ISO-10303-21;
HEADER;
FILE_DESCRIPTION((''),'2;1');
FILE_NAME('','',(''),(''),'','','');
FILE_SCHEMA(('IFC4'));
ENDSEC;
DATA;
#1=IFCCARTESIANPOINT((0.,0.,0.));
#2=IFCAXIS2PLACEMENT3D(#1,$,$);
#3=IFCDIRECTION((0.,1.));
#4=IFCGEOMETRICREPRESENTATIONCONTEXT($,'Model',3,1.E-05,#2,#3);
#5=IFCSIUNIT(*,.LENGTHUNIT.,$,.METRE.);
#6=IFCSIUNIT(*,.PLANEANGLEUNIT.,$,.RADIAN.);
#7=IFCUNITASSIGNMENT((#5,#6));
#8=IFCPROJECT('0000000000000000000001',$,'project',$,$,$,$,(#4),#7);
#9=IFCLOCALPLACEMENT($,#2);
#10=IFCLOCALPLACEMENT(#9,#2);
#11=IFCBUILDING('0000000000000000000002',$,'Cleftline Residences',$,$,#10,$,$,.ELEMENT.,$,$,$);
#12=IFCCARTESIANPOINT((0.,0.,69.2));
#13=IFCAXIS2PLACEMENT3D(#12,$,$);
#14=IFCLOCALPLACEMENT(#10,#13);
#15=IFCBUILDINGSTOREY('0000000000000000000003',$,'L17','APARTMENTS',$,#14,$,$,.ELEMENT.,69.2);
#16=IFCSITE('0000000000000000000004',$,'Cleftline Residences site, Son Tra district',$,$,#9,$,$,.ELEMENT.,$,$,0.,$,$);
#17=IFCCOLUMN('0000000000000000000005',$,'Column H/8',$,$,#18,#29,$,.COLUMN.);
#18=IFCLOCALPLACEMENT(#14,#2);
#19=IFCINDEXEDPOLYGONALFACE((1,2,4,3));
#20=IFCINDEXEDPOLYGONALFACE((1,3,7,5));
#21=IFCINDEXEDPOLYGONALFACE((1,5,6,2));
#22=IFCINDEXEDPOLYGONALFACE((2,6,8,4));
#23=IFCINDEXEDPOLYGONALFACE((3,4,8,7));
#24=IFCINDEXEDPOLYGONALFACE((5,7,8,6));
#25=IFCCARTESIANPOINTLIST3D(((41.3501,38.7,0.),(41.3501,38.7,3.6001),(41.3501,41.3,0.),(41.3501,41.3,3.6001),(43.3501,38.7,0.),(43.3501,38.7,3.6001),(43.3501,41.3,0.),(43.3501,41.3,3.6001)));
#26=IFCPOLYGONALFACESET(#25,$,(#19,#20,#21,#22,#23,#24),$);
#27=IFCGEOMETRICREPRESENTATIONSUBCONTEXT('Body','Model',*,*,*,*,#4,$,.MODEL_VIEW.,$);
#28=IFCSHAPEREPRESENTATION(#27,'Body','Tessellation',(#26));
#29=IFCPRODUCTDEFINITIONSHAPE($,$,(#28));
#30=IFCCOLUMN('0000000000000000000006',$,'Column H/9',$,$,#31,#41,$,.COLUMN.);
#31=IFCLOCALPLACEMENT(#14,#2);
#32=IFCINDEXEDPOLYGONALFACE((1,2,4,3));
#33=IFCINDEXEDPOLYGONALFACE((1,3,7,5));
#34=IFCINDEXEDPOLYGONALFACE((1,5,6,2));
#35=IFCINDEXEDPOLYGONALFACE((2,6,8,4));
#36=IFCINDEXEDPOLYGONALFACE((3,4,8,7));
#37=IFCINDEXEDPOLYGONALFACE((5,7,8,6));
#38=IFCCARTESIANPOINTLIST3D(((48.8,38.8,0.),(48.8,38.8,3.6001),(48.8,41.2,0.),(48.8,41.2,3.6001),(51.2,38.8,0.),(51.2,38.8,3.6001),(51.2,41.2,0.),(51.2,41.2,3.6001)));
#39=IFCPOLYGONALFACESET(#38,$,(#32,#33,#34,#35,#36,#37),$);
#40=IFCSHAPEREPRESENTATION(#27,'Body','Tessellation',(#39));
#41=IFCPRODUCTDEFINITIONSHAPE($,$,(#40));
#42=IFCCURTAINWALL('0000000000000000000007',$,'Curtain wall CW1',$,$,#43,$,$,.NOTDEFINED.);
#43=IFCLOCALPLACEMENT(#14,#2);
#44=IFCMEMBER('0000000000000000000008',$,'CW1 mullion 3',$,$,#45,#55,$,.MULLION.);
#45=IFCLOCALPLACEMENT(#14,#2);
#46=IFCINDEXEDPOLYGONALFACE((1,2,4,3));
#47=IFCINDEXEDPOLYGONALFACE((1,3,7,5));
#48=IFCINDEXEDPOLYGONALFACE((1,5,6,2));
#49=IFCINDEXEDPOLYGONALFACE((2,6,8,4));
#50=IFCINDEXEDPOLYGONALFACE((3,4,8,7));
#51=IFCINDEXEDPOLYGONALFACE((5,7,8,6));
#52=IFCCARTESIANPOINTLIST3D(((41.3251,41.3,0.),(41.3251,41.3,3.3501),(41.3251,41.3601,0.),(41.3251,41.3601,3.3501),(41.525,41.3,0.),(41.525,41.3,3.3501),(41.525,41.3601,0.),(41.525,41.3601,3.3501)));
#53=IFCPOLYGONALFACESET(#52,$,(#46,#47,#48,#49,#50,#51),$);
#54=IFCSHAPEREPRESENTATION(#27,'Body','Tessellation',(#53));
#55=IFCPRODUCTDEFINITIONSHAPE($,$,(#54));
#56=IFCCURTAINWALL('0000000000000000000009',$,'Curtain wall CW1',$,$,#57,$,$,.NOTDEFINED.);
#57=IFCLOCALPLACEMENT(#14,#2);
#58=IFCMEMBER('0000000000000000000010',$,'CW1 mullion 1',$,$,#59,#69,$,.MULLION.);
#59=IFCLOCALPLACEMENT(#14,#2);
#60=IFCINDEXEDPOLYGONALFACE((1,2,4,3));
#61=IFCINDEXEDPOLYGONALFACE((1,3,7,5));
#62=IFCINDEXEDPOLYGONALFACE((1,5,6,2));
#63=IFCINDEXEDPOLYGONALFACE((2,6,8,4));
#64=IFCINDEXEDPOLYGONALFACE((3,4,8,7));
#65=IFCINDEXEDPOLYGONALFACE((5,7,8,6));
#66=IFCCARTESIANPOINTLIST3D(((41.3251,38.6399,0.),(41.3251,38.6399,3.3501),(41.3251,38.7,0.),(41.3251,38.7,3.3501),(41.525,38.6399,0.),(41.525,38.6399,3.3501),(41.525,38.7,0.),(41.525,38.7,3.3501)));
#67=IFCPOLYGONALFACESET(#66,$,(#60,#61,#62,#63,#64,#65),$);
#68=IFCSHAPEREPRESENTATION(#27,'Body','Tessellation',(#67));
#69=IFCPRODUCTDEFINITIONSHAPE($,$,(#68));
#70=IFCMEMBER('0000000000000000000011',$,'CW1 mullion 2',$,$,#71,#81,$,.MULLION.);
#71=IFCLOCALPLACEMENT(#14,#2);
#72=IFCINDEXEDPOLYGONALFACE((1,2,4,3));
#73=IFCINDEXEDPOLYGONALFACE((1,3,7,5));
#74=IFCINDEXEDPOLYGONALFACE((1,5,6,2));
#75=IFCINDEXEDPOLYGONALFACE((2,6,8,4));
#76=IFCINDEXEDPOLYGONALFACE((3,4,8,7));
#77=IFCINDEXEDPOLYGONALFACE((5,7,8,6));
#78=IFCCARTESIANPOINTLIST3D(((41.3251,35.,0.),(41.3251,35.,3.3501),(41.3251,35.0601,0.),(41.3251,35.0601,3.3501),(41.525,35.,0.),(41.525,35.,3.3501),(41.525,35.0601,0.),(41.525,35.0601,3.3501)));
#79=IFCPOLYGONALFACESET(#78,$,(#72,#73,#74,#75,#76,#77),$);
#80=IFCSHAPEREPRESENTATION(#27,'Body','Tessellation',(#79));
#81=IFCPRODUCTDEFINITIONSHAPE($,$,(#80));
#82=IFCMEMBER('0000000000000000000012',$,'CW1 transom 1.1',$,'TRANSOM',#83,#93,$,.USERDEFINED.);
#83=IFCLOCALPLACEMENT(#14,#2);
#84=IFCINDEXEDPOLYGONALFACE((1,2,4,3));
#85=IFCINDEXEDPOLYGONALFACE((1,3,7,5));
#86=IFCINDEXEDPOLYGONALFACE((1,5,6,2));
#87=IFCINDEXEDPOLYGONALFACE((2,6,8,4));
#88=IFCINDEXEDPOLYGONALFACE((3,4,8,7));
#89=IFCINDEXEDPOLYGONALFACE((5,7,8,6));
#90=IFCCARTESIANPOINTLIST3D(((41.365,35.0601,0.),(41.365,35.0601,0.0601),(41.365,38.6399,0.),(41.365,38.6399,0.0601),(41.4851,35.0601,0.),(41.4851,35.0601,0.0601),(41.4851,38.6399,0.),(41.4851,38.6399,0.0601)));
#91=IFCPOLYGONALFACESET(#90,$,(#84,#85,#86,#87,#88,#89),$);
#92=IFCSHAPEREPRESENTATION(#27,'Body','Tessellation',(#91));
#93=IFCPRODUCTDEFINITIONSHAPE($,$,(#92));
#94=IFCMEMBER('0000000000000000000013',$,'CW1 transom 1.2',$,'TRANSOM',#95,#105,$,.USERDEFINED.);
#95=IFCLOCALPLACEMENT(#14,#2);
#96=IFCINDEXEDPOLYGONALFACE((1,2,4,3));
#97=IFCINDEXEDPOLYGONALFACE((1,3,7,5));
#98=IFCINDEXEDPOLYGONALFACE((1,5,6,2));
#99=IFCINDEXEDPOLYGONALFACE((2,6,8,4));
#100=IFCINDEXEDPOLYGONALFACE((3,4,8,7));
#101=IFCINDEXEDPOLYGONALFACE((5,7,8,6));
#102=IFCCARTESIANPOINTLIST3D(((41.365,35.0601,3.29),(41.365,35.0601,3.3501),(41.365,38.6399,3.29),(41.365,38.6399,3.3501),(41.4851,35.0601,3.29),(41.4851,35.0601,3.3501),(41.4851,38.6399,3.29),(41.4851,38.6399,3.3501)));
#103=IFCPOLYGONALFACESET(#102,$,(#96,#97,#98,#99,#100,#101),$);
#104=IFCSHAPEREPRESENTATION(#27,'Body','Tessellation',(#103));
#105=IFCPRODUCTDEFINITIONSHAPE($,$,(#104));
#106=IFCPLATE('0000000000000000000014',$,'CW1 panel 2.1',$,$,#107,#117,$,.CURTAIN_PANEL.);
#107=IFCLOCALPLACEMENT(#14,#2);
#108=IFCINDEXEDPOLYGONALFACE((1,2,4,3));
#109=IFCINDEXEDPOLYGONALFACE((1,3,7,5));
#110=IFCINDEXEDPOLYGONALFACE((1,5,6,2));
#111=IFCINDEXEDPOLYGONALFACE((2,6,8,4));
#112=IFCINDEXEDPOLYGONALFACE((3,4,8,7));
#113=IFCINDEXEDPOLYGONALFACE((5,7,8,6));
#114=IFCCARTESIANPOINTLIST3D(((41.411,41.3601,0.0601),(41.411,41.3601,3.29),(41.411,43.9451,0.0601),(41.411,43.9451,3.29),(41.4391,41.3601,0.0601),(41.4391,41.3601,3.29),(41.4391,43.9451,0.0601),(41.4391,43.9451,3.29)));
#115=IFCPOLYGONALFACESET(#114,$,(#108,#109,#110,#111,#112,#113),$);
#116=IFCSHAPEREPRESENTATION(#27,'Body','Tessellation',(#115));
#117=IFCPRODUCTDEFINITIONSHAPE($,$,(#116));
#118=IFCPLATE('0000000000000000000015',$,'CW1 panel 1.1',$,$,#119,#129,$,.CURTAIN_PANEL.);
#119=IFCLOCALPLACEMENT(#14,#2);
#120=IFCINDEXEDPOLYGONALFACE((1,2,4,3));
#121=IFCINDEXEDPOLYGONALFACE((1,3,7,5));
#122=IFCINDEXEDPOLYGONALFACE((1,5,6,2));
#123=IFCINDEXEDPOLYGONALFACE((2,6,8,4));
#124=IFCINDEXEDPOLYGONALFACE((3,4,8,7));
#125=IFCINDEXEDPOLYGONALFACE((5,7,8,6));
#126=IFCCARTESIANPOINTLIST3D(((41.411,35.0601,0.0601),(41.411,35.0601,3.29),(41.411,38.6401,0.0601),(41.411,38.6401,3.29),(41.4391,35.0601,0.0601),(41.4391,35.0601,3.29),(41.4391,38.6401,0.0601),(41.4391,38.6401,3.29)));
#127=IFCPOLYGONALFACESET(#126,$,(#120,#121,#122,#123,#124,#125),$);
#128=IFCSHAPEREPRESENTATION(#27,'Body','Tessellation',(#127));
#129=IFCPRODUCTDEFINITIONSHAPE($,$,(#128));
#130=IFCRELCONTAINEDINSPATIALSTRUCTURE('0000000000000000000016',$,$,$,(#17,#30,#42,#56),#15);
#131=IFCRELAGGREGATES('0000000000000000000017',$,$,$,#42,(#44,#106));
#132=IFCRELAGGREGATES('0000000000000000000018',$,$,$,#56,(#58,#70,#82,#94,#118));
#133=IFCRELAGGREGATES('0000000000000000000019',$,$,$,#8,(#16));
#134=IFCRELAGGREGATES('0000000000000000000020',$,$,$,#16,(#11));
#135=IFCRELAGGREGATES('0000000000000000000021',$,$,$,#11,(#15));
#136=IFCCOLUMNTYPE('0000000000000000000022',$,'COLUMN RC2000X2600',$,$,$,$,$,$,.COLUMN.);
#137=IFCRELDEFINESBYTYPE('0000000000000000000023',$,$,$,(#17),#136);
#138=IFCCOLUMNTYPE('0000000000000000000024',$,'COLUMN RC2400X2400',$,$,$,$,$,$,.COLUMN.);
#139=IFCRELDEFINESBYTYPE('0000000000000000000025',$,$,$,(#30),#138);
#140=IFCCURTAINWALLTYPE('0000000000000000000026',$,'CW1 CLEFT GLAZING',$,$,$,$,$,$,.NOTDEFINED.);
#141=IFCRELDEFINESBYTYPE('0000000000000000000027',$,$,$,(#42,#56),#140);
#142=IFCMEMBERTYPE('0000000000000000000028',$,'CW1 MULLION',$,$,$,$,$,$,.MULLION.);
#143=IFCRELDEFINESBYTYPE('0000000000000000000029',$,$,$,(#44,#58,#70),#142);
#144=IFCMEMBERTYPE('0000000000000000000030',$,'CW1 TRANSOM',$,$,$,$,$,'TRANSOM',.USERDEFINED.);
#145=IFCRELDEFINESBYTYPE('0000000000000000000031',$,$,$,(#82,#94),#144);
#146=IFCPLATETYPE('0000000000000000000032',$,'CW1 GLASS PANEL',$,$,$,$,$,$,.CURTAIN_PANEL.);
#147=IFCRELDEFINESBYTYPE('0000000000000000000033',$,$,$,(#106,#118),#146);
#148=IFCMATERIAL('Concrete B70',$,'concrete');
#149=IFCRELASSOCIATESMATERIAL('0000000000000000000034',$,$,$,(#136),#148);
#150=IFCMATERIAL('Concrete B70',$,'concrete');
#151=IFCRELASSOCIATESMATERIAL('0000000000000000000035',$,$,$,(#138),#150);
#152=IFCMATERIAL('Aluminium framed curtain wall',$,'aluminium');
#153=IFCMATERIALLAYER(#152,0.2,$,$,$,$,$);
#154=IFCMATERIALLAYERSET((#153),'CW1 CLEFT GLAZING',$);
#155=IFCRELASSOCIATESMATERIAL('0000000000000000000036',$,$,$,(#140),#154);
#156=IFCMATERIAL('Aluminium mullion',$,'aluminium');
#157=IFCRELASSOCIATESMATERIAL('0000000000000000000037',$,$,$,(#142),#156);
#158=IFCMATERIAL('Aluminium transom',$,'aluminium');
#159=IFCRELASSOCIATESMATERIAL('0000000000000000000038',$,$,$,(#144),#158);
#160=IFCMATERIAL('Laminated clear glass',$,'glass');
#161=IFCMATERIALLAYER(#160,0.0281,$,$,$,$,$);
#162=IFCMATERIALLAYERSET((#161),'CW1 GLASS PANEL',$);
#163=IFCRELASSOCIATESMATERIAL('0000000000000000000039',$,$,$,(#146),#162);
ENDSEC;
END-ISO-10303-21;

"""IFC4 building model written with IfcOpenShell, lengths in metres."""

from ifc_helpers import new_model, si_unit, direction, frame, origin, origin_2d, place, context, subcontext, project, spatial, rectangle, extrude, material, layer, layer_set, material_profile, profile_set, type_object, element, aggregate, save


model = new_model("IFC4")

# Units and contexts
model_context = context("Model", 3, precision=1e-05, world=origin(), true_north=direction((0.0, 1.0)))
body_context = subcontext(model_context, "Body", "Model", "MODEL_VIEW")
ifc_project = project(units=[si_unit("LENGTHUNIT", "METRE"), si_unit("PLANEANGLEUNIT", "RADIAN")], contexts=[model_context])

# Site, building, storey
site_placement = place(None, origin())
site = spatial("IfcSite", under=ifc_project, at=site_placement, Name="Cleftline Residences site, Son Tra district", CompositionType="ELEMENT", RefElevation=0.0)
building_placement = place(site_placement, origin())
building = spatial("IfcBuilding", under=site, at=building_placement, Name="Cleftline Residences", CompositionType="ELEMENT")
storey_placement = place(building_placement, frame((0.0, 0.0, 69.2)))
storey = spatial("IfcBuildingStorey", under=building, at=storey_placement, Name="L17", Description="APARTMENTS", CompositionType="ELEMENT", Elevation=69.2)

# Columns
ifc_material_1 = material(Name="Concrete B70", Category="concrete")
ifc_material_profile_1 = material_profile(ifc_material_1, rectangle(XDim=2.0, YDim=2.6001, at=origin_2d()))
ifc_profile_set_1 = profile_set([ifc_material_profile_1], Name="Concrete B70")
column_type_1 = type_object("IfcColumnType", Name="COLUMN RC2000X2600", PredefinedType="COLUMN", material=ifc_profile_set_1)
column_1_placement = place(storey_placement, frame((42.3501, 40.0, 0.0), z_axis=(0.0, 0.0, 1.0), x_axis=(1.0, 0.0, 0.0)))
element("IfcColumn", 1, at=column_1_placement, inside=storey, type_object=column_type_1, Name="Column H/8", PredefinedType="COLUMN", context=body_context, shape_type="SweptSolid", body=[
    extrude(rectangle(XDim=2.0, YDim=2.6001, at=origin_2d()), origin(), (0.0, 0.0, 1.0), 3.6001),
])
ifc_material_2 = material(Name="Concrete B70", Category="concrete")
ifc_material_profile_2 = material_profile(ifc_material_2, rectangle(XDim=2.3999, YDim=2.3999, at=origin_2d()))
ifc_profile_set_2 = profile_set([ifc_material_profile_2], Name="Concrete B70")
column_type_2 = type_object("IfcColumnType", Name="COLUMN RC2400X2400", PredefinedType="COLUMN", material=ifc_profile_set_2)
column_2_placement = place(storey_placement, frame((50.0, 40.0, 0.0), z_axis=(0.0, 0.0, 1.0), x_axis=(1.0, 0.0, 0.0)))
element("IfcColumn", 2, at=column_2_placement, inside=storey, type_object=column_type_2, Name="Column H/9", PredefinedType="COLUMN", context=body_context, shape_type="SweptSolid", body=[
    extrude(rectangle(XDim=2.3999, YDim=2.3999, at=origin_2d()), origin(), (0.0, 0.0, 1.0), 3.6001),
])

# Curtain wall, member
ifc_material_3 = material(Name="Aluminium framed curtain wall", Category="aluminium")
ifc_layer_1 = layer(ifc_material_3, 0.2)
ifc_layer_set_1 = layer_set([ifc_layer_1], Name="CW1 CLEFT GLAZING")
curtain_wall_type = type_object("IfcCurtainWallType", Name="CW1 CLEFT GLAZING", PredefinedType="NOTDEFINED", material=ifc_layer_set_1)
curtain_wall_1_placement = place(storey_placement, origin())
curtain_wall_1 = element("IfcCurtainWall", 3, at=curtain_wall_1_placement, inside=storey, type_object=curtain_wall_type, Name="Curtain wall CW1", PredefinedType="NOTDEFINED")
ifc_material_4 = material(Name="Aluminium mullion", Category="aluminium")
ifc_material_profile_3 = material_profile(ifc_material_4, rectangle(XDim=0.2, YDim=0.0601, at=origin_2d()))
ifc_profile_set_3 = profile_set([ifc_material_profile_3], Name="Aluminium mullion")
member_type_1 = type_object("IfcMemberType", Name="CW1 MULLION", PredefinedType="MULLION", material=ifc_profile_set_3)
member_1_placement = place(storey_placement, frame((41.425, 41.3301, 0.0), z_axis=(0.0, 0.0, 1.0), x_axis=(1.0, 0.0, 0.0)))
member_1 = element("IfcMember", 4, at=member_1_placement, type_object=member_type_1, Name="CW1 mullion 3", PredefinedType="MULLION", context=body_context, shape_type="SweptSolid", body=[
    extrude(rectangle(XDim=0.2, YDim=0.0601, at=origin_2d()), origin(), (0.0, 0.0, 1.0), 3.3501),
])

# Curtain wall, members
curtain_wall_2_placement = place(storey_placement, origin())
curtain_wall_2 = element("IfcCurtainWall", 5, at=curtain_wall_2_placement, inside=storey, type_object=curtain_wall_type, Name="Curtain wall CW1", PredefinedType="NOTDEFINED")
member_2_placement = place(storey_placement, frame((41.425, 38.6699, 0.0), z_axis=(0.0, 0.0, 1.0), x_axis=(1.0, 0.0, 0.0)))
member_2 = element("IfcMember", 6, at=member_2_placement, type_object=member_type_1, Name="CW1 mullion 1", PredefinedType="MULLION", context=body_context, shape_type="SweptSolid", body=[
    extrude(rectangle(XDim=0.2, YDim=0.0601, at=origin_2d()), origin(), (0.0, 0.0, 1.0), 3.3501),
])
member_3_placement = place(storey_placement, frame((41.425, 35.03, 0.0), z_axis=(0.0, 0.0, 1.0), x_axis=(1.0, 0.0, 0.0)))
member_3 = element("IfcMember", 7, at=member_3_placement, type_object=member_type_1, Name="CW1 mullion 2", PredefinedType="MULLION", context=body_context, shape_type="SweptSolid", body=[
    extrude(rectangle(XDim=0.2, YDim=0.0601, at=origin_2d()), origin(), (0.0, 0.0, 1.0), 3.3501),
])
ifc_material_5 = material(Name="Aluminium transom", Category="aluminium")
ifc_material_profile_4 = material_profile(ifc_material_5, rectangle(XDim=0.1201, YDim=0.0601, at=origin_2d()))
ifc_profile_set_4 = profile_set([ifc_material_profile_4], Name="Aluminium transom")
member_type_2 = type_object("IfcMemberType", Name="CW1 TRANSOM", ElementType="TRANSOM", PredefinedType="USERDEFINED", material=ifc_profile_set_4)
member_4_placement = place(storey_placement, frame((41.425, 38.6399, 0.03), z_axis=(0.0, -1.0, 0.0), x_axis=(1.0, 0.0, 0.0)))
member_4 = element("IfcMember", 8, at=member_4_placement, type_object=member_type_2, Name="CW1 transom 1.1", ObjectType="TRANSOM", PredefinedType="USERDEFINED", context=body_context, shape_type="SweptSolid", body=[
    extrude(rectangle(XDim=0.1201, YDim=0.0601, at=origin_2d()), origin(), (0.0, 0.0, 1.0), 3.5798),
])
member_5_placement = place(storey_placement, frame((41.425, 38.6399, 3.3201), z_axis=(0.0, -1.0, 0.0), x_axis=(1.0, 0.0, 0.0)))
member_5 = element("IfcMember", 9, at=member_5_placement, type_object=member_type_2, Name="CW1 transom 1.2", ObjectType="TRANSOM", PredefinedType="USERDEFINED", context=body_context, shape_type="SweptSolid", body=[
    extrude(rectangle(XDim=0.1201, YDim=0.0601, at=origin_2d()), origin(), (0.0, 0.0, 1.0), 3.5798),
])

# Plates
ifc_material_6 = material(Name="Laminated clear glass", Category="glass")
ifc_layer_2 = layer(ifc_material_6, 0.0281)
ifc_layer_set_2 = layer_set([ifc_layer_2], Name="CW1 GLASS PANEL")
plate_type = type_object("IfcPlateType", Name="CW1 GLASS PANEL", PredefinedType="CURTAIN_PANEL", material=ifc_layer_set_2)
plate_1_placement = place(storey_placement, frame((41.425, 42.6526, 0.0601), z_axis=(0.0, 0.0, 1.0), x_axis=(0.0, -1.0, 0.0)))
plate_1 = element("IfcPlate", 10, at=plate_1_placement, type_object=plate_type, Name="CW1 panel 2.1", PredefinedType="CURTAIN_PANEL", context=body_context, shape_type="SweptSolid", body=[
    extrude(rectangle(XDim=2.585, YDim=0.0281, at=origin_2d()), origin(), (0.0, 0.0, 1.0), 3.23),
])
aggregate(curtain_wall_1, [member_1, plate_1])
plate_2_placement = place(storey_placement, frame((41.425, 36.8501, 0.0601), z_axis=(0.0, 0.0, 1.0), x_axis=(0.0, -1.0, 0.0)))
plate_2 = element("IfcPlate", 11, at=plate_2_placement, type_object=plate_type, Name="CW1 panel 1.1", PredefinedType="CURTAIN_PANEL", context=body_context, shape_type="SweptSolid", body=[
    extrude(rectangle(XDim=3.5801, YDim=0.0281, at=origin_2d()), origin(), (0.0, 0.0, 1.0), 3.23),
])
aggregate(curtain_wall_2, [member_2, member_3, member_4, member_5, plate_2])

save(model, "model.ifc")
